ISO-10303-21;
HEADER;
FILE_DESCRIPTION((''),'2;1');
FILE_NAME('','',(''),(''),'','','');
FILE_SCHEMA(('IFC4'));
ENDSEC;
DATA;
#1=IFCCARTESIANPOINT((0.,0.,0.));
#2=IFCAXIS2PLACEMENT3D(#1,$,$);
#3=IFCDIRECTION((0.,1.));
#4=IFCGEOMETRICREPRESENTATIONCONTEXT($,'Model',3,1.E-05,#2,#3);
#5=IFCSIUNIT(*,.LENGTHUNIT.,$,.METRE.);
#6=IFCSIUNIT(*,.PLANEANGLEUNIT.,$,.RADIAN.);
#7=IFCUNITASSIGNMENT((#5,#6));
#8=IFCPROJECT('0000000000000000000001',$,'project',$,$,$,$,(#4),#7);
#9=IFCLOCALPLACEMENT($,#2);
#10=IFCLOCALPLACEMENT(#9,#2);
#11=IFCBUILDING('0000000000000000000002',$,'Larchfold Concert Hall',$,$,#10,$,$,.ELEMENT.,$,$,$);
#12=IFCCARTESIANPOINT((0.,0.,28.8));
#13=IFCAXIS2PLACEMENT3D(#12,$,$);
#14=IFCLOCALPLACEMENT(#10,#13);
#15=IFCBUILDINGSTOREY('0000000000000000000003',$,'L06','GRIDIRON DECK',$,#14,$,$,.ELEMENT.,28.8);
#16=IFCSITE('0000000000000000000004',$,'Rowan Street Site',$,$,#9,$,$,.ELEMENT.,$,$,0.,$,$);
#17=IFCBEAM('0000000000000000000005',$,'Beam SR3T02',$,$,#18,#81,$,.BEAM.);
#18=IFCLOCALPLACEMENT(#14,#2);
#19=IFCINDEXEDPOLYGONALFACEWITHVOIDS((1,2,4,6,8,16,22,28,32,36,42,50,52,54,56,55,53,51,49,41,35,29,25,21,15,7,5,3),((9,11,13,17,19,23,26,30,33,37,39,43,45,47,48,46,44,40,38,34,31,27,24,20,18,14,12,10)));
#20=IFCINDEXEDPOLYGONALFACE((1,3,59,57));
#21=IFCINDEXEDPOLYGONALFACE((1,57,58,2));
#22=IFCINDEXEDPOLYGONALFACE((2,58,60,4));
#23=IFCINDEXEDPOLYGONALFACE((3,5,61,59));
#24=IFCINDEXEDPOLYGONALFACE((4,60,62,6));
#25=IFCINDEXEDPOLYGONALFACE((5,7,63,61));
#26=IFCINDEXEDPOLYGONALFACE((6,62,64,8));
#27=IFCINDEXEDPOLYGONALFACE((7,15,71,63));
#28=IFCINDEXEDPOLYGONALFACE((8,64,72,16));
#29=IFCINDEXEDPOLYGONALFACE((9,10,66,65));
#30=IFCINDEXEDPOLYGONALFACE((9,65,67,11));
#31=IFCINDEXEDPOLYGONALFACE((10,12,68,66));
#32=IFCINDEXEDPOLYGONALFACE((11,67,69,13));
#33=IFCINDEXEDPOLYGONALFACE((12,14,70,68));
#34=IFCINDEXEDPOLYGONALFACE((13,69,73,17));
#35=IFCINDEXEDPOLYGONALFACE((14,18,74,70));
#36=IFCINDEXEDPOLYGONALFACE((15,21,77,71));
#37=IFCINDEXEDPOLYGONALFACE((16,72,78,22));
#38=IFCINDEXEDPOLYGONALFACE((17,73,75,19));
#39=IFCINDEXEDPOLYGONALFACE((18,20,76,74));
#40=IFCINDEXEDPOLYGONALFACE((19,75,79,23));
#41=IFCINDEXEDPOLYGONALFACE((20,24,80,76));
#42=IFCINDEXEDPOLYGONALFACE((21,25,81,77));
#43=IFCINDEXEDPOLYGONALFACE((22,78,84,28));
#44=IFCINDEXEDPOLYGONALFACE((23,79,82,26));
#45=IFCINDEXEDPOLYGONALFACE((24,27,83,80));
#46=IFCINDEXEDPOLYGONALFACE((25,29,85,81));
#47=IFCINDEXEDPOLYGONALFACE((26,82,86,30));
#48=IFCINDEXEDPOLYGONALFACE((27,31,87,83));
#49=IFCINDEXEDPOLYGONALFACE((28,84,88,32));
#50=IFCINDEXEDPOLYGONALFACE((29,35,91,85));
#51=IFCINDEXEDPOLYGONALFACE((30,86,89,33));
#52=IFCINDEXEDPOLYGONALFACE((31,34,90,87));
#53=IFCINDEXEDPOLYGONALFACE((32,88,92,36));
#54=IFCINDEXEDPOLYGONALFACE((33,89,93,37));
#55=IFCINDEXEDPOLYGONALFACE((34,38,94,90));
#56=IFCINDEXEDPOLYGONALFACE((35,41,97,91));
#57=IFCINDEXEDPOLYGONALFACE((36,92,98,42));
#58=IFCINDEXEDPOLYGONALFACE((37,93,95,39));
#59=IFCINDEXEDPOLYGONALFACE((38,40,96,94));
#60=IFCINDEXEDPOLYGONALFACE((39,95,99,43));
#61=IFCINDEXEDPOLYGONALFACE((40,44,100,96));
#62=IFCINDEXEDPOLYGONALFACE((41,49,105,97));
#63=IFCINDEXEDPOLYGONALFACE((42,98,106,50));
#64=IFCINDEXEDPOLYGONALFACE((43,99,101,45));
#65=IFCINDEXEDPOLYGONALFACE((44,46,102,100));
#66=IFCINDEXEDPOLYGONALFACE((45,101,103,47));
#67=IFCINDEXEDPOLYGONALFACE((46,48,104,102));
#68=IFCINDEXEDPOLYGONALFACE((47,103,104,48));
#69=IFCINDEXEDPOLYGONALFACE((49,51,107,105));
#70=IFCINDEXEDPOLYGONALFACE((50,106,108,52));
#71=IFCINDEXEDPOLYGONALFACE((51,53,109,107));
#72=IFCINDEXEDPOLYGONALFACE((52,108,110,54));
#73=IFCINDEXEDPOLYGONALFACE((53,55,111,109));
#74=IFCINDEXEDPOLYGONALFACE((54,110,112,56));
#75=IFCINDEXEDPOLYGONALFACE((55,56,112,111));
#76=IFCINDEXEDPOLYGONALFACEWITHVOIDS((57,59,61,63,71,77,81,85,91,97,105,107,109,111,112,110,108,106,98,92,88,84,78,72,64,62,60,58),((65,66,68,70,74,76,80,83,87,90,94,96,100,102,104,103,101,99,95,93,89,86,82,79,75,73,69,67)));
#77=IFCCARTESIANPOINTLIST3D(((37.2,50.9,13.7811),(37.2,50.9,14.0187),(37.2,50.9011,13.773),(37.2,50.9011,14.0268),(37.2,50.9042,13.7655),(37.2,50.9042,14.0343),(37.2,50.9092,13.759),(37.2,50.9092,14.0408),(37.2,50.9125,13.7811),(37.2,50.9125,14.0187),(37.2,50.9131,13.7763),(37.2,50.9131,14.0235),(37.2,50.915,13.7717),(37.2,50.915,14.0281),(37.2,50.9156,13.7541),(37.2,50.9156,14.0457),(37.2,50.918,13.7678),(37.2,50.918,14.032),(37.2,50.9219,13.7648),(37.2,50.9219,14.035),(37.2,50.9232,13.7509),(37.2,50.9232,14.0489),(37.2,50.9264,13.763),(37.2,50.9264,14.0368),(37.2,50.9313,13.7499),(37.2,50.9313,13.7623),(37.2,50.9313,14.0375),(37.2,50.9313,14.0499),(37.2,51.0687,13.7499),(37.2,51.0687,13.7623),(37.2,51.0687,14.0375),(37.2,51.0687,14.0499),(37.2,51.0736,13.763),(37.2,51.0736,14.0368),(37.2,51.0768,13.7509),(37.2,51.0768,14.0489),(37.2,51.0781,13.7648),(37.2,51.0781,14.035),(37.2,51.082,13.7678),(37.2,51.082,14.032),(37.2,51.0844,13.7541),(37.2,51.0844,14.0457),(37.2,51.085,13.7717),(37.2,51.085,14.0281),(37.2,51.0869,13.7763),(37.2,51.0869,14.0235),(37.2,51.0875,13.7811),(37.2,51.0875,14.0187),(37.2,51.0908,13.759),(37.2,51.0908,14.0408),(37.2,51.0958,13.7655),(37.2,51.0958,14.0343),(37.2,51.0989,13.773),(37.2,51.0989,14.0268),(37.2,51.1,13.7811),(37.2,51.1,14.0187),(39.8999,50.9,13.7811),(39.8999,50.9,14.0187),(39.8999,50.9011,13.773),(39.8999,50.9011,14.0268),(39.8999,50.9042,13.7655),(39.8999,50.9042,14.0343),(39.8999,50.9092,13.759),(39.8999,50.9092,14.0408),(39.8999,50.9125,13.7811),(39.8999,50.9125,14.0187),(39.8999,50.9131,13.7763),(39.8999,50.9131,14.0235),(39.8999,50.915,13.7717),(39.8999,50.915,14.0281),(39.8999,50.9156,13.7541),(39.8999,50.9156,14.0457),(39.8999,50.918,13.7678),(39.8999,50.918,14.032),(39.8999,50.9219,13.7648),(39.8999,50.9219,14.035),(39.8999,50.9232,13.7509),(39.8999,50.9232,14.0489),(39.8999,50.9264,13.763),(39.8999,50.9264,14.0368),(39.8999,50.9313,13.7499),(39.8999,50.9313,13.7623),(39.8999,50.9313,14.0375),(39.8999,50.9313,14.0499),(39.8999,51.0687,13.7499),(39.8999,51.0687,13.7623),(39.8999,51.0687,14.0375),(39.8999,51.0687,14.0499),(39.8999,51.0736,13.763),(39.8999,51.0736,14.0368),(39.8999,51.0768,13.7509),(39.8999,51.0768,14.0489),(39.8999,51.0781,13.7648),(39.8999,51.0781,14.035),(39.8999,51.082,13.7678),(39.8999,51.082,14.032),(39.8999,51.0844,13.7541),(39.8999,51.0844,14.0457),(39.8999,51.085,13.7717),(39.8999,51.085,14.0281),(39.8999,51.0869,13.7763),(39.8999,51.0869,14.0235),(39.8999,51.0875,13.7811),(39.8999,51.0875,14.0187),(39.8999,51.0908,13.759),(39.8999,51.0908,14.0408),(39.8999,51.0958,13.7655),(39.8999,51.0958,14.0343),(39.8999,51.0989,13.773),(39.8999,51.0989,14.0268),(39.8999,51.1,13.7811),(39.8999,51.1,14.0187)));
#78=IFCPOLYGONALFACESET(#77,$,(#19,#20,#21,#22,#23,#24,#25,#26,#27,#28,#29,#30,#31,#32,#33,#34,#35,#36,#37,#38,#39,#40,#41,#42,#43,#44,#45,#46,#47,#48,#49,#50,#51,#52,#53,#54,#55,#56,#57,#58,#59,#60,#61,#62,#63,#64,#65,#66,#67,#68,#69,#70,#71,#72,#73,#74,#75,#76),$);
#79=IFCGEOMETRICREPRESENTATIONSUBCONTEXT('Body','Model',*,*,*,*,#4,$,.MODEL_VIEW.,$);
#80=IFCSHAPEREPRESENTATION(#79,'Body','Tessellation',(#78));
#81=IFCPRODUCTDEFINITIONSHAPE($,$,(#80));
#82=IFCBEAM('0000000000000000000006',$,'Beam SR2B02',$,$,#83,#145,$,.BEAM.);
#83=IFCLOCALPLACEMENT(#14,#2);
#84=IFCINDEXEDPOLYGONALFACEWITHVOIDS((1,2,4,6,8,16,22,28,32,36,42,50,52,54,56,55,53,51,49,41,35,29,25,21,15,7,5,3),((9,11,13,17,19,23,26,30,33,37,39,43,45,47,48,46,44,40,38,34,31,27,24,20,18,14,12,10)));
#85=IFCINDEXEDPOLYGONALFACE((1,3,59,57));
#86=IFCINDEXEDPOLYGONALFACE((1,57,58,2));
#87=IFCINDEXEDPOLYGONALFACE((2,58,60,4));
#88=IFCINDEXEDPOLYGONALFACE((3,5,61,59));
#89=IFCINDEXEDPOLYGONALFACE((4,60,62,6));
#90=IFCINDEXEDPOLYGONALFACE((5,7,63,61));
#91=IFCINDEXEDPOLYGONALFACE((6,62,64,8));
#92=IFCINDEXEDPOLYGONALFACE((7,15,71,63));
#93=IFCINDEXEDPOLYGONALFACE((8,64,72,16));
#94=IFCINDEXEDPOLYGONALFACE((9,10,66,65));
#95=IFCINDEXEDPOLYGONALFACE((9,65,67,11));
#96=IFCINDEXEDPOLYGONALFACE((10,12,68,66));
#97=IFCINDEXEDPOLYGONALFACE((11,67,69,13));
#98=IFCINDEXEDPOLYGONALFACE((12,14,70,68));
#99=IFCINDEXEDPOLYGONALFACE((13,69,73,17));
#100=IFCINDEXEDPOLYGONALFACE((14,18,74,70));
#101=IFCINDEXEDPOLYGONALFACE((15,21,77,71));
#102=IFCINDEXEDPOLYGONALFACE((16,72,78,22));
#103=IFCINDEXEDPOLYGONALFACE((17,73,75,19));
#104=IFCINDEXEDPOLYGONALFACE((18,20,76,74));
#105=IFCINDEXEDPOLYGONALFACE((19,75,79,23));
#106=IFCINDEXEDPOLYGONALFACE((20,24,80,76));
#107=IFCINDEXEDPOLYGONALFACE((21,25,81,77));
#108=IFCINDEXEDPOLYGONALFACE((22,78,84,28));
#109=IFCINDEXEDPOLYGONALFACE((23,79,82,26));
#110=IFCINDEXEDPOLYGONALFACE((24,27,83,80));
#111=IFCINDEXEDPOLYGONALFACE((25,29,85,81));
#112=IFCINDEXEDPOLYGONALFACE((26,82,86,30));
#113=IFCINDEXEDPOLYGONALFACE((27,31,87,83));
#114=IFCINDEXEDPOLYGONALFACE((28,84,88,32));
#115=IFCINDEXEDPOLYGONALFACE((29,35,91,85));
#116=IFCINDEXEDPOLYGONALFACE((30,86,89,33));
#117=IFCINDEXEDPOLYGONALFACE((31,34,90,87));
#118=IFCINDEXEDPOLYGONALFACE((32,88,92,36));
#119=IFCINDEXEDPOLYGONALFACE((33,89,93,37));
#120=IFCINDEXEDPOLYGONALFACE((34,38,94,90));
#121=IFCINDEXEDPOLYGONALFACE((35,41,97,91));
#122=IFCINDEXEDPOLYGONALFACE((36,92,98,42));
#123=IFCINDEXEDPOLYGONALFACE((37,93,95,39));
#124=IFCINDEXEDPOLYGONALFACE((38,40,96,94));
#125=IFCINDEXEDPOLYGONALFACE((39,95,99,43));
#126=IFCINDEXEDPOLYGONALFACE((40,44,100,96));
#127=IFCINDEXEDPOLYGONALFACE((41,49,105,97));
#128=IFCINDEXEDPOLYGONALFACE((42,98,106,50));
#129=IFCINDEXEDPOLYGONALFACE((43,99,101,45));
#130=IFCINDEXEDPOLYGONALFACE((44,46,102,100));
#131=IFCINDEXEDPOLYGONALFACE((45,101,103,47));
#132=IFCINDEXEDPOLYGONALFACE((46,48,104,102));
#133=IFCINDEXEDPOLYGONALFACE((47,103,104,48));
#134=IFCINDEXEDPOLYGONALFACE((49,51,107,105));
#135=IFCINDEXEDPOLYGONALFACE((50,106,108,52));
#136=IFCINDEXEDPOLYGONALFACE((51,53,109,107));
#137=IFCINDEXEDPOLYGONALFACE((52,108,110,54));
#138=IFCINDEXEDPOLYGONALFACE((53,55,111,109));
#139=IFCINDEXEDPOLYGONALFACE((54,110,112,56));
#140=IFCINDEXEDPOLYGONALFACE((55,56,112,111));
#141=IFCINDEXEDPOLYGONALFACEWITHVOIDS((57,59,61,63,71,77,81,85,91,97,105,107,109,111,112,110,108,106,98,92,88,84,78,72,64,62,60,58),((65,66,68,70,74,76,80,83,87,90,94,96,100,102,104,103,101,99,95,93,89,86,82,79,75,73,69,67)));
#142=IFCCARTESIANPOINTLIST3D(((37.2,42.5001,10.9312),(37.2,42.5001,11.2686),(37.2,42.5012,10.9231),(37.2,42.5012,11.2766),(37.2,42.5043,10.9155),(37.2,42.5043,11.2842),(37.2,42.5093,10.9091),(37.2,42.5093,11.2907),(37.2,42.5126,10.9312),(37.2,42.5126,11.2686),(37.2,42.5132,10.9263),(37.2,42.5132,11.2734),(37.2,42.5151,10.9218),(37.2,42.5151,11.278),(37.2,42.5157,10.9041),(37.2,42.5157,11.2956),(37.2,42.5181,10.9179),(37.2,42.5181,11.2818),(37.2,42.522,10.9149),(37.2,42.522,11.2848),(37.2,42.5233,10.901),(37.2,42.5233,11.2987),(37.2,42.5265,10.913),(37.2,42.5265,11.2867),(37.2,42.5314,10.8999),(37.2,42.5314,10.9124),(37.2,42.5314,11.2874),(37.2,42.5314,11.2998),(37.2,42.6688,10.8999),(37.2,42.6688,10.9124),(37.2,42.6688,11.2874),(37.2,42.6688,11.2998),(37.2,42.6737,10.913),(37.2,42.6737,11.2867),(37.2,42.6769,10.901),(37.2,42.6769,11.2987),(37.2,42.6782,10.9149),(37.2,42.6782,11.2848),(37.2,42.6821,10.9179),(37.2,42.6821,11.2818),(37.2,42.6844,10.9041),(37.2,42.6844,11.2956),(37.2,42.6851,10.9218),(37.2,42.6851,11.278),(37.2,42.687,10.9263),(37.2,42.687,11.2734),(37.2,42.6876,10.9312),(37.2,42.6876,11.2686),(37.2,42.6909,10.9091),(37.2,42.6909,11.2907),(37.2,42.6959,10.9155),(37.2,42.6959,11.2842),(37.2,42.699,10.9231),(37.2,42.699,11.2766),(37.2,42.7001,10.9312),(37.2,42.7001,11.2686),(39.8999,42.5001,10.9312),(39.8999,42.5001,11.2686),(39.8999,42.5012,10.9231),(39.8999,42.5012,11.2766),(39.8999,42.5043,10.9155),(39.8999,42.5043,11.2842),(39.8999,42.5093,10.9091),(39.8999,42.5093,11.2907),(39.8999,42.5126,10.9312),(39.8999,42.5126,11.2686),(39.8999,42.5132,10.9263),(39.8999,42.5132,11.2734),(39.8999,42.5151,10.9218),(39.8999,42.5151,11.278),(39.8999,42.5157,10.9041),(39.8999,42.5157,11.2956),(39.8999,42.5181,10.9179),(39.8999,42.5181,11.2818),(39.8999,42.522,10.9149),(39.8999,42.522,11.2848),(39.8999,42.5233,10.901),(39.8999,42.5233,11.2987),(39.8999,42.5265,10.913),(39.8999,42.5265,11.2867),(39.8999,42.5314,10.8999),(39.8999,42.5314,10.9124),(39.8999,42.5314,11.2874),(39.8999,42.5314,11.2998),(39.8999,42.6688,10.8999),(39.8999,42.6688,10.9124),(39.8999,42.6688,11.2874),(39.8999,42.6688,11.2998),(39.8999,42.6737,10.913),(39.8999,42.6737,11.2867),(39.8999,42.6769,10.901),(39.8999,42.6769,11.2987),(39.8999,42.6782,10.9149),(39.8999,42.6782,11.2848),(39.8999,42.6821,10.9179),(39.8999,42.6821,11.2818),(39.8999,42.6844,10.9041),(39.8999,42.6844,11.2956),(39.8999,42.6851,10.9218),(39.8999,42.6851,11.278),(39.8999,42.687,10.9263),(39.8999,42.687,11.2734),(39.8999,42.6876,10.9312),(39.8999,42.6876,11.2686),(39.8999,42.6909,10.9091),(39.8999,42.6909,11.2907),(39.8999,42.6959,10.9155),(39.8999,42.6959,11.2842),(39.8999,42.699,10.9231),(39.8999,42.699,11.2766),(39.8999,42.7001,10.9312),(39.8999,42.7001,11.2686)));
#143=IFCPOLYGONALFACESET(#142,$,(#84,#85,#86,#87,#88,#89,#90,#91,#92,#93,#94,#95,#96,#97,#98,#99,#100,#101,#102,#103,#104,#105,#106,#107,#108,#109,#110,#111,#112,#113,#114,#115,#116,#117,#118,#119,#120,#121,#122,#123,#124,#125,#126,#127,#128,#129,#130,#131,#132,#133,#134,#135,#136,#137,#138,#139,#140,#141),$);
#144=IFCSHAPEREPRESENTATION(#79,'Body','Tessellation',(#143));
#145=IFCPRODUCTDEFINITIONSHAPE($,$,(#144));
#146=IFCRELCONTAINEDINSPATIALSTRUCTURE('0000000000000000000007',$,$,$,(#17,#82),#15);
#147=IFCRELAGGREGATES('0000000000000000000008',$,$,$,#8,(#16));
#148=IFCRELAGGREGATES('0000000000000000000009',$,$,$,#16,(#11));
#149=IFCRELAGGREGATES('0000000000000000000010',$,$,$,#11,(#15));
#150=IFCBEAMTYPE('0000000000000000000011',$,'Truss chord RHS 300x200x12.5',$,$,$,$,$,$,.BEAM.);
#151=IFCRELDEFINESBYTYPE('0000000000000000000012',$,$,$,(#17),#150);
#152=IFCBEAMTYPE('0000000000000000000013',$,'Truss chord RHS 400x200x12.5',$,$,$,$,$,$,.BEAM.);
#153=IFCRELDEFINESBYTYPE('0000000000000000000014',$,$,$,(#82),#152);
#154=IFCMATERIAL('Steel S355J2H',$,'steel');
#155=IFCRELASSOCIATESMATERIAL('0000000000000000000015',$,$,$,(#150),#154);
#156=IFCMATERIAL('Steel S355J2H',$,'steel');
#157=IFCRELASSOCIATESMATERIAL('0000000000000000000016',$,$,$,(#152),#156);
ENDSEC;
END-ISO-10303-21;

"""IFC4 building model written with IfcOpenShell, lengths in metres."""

from ifc_helpers import new_model, si_unit, direction, frame, origin, origin_2d, place, context, subcontext, project, spatial, hollow_rectangle, extrude, material, material_profile, profile_set, type_object, element, save


model = new_model("IFC4")

# Units and contexts
model_context = context("Model", 3, precision=1e-05, world=origin(), true_north=direction((0.0, 1.0)))
body_context = subcontext(model_context, "Body", "Model", "MODEL_VIEW")
ifc_project = project(units=[si_unit("LENGTHUNIT", "METRE"), si_unit("PLANEANGLEUNIT", "RADIAN")], contexts=[model_context])

# Site, building, storey
site_placement = place(None, origin())
site = spatial("IfcSite", under=ifc_project, at=site_placement, Name="Rowan Street Site", CompositionType="ELEMENT", RefElevation=0.0)
building_placement = place(site_placement, origin())
building = spatial("IfcBuilding", under=site, at=building_placement, Name="Larchfold Concert Hall", CompositionType="ELEMENT")
storey_placement = place(building_placement, frame((0.0, 0.0, 28.8)))
storey = spatial("IfcBuildingStorey", under=building, at=storey_placement, Name="L06", Description="GRIDIRON DECK", CompositionType="ELEMENT", Elevation=28.8)

# Beams
ifc_material_1 = material(Name="Steel S355J2H", Category="steel")
ifc_material_profile_1 = material_profile(ifc_material_1, hollow_rectangle(XDim=0.2, YDim=0.3, WallThickness=0.0125, InnerFilletRadius=0.0188, OuterFilletRadius=0.0312, at=origin_2d()))
ifc_profile_set_1 = profile_set([ifc_material_profile_1], Name="Steel S355J2H")
beam_type_1 = type_object("IfcBeamType", Name="Truss chord RHS 300x200x12.5", PredefinedType="BEAM", material=ifc_profile_set_1)
for number, where, z_axis, x_axis, name in (
    (1, (37.2, 51.0, 13.8999), (1.0, 0.0, 0.0), (0.0, 1.0, 0.0), "Beam SR3T02"),
):
    element("IfcBeam", number, at=place(storey_placement, frame(where, z_axis=z_axis, x_axis=x_axis)), inside=storey, type_object=beam_type_1, Name=name, PredefinedType="BEAM", context=body_context, shape_type="SweptSolid", body=[
        extrude(hollow_rectangle(XDim=0.2, YDim=0.3, WallThickness=0.0125, InnerFilletRadius=0.0188, OuterFilletRadius=0.0312, at=origin_2d()), origin(), (0.0, 0.0, 1.0), 2.7),
    ])
ifc_material_2 = material(Name="Steel S355J2H", Category="steel")
ifc_material_profile_2 = material_profile(ifc_material_2, hollow_rectangle(XDim=0.2, YDim=0.3999, WallThickness=0.0125, InnerFilletRadius=0.0188, OuterFilletRadius=0.0312, at=origin_2d()))
ifc_profile_set_2 = profile_set([ifc_material_profile_2], Name="Steel S355J2H")
beam_type_2 = type_object("IfcBeamType", Name="Truss chord RHS 400x200x12.5", PredefinedType="BEAM", material=ifc_profile_set_2)
for number, where, z_axis, x_axis, name in (
    (2, (37.2, 42.6001, 11.0999), (1.0, 0.0, 0.0), (0.0, 1.0, 0.0), "Beam SR2B02"),
):
    element("IfcBeam", number, at=place(storey_placement, frame(where, z_axis=z_axis, x_axis=x_axis)), inside=storey, type_object=beam_type_2, Name=name, PredefinedType="BEAM", context=body_context, shape_type="SweptSolid", body=[
        extrude(hollow_rectangle(XDim=0.2, YDim=0.3999, WallThickness=0.0125, InnerFilletRadius=0.0188, OuterFilletRadius=0.0312, at=origin_2d()), origin(), (0.0, 0.0, 1.0), 2.7),
    ])

save(model, "model.ifc")
